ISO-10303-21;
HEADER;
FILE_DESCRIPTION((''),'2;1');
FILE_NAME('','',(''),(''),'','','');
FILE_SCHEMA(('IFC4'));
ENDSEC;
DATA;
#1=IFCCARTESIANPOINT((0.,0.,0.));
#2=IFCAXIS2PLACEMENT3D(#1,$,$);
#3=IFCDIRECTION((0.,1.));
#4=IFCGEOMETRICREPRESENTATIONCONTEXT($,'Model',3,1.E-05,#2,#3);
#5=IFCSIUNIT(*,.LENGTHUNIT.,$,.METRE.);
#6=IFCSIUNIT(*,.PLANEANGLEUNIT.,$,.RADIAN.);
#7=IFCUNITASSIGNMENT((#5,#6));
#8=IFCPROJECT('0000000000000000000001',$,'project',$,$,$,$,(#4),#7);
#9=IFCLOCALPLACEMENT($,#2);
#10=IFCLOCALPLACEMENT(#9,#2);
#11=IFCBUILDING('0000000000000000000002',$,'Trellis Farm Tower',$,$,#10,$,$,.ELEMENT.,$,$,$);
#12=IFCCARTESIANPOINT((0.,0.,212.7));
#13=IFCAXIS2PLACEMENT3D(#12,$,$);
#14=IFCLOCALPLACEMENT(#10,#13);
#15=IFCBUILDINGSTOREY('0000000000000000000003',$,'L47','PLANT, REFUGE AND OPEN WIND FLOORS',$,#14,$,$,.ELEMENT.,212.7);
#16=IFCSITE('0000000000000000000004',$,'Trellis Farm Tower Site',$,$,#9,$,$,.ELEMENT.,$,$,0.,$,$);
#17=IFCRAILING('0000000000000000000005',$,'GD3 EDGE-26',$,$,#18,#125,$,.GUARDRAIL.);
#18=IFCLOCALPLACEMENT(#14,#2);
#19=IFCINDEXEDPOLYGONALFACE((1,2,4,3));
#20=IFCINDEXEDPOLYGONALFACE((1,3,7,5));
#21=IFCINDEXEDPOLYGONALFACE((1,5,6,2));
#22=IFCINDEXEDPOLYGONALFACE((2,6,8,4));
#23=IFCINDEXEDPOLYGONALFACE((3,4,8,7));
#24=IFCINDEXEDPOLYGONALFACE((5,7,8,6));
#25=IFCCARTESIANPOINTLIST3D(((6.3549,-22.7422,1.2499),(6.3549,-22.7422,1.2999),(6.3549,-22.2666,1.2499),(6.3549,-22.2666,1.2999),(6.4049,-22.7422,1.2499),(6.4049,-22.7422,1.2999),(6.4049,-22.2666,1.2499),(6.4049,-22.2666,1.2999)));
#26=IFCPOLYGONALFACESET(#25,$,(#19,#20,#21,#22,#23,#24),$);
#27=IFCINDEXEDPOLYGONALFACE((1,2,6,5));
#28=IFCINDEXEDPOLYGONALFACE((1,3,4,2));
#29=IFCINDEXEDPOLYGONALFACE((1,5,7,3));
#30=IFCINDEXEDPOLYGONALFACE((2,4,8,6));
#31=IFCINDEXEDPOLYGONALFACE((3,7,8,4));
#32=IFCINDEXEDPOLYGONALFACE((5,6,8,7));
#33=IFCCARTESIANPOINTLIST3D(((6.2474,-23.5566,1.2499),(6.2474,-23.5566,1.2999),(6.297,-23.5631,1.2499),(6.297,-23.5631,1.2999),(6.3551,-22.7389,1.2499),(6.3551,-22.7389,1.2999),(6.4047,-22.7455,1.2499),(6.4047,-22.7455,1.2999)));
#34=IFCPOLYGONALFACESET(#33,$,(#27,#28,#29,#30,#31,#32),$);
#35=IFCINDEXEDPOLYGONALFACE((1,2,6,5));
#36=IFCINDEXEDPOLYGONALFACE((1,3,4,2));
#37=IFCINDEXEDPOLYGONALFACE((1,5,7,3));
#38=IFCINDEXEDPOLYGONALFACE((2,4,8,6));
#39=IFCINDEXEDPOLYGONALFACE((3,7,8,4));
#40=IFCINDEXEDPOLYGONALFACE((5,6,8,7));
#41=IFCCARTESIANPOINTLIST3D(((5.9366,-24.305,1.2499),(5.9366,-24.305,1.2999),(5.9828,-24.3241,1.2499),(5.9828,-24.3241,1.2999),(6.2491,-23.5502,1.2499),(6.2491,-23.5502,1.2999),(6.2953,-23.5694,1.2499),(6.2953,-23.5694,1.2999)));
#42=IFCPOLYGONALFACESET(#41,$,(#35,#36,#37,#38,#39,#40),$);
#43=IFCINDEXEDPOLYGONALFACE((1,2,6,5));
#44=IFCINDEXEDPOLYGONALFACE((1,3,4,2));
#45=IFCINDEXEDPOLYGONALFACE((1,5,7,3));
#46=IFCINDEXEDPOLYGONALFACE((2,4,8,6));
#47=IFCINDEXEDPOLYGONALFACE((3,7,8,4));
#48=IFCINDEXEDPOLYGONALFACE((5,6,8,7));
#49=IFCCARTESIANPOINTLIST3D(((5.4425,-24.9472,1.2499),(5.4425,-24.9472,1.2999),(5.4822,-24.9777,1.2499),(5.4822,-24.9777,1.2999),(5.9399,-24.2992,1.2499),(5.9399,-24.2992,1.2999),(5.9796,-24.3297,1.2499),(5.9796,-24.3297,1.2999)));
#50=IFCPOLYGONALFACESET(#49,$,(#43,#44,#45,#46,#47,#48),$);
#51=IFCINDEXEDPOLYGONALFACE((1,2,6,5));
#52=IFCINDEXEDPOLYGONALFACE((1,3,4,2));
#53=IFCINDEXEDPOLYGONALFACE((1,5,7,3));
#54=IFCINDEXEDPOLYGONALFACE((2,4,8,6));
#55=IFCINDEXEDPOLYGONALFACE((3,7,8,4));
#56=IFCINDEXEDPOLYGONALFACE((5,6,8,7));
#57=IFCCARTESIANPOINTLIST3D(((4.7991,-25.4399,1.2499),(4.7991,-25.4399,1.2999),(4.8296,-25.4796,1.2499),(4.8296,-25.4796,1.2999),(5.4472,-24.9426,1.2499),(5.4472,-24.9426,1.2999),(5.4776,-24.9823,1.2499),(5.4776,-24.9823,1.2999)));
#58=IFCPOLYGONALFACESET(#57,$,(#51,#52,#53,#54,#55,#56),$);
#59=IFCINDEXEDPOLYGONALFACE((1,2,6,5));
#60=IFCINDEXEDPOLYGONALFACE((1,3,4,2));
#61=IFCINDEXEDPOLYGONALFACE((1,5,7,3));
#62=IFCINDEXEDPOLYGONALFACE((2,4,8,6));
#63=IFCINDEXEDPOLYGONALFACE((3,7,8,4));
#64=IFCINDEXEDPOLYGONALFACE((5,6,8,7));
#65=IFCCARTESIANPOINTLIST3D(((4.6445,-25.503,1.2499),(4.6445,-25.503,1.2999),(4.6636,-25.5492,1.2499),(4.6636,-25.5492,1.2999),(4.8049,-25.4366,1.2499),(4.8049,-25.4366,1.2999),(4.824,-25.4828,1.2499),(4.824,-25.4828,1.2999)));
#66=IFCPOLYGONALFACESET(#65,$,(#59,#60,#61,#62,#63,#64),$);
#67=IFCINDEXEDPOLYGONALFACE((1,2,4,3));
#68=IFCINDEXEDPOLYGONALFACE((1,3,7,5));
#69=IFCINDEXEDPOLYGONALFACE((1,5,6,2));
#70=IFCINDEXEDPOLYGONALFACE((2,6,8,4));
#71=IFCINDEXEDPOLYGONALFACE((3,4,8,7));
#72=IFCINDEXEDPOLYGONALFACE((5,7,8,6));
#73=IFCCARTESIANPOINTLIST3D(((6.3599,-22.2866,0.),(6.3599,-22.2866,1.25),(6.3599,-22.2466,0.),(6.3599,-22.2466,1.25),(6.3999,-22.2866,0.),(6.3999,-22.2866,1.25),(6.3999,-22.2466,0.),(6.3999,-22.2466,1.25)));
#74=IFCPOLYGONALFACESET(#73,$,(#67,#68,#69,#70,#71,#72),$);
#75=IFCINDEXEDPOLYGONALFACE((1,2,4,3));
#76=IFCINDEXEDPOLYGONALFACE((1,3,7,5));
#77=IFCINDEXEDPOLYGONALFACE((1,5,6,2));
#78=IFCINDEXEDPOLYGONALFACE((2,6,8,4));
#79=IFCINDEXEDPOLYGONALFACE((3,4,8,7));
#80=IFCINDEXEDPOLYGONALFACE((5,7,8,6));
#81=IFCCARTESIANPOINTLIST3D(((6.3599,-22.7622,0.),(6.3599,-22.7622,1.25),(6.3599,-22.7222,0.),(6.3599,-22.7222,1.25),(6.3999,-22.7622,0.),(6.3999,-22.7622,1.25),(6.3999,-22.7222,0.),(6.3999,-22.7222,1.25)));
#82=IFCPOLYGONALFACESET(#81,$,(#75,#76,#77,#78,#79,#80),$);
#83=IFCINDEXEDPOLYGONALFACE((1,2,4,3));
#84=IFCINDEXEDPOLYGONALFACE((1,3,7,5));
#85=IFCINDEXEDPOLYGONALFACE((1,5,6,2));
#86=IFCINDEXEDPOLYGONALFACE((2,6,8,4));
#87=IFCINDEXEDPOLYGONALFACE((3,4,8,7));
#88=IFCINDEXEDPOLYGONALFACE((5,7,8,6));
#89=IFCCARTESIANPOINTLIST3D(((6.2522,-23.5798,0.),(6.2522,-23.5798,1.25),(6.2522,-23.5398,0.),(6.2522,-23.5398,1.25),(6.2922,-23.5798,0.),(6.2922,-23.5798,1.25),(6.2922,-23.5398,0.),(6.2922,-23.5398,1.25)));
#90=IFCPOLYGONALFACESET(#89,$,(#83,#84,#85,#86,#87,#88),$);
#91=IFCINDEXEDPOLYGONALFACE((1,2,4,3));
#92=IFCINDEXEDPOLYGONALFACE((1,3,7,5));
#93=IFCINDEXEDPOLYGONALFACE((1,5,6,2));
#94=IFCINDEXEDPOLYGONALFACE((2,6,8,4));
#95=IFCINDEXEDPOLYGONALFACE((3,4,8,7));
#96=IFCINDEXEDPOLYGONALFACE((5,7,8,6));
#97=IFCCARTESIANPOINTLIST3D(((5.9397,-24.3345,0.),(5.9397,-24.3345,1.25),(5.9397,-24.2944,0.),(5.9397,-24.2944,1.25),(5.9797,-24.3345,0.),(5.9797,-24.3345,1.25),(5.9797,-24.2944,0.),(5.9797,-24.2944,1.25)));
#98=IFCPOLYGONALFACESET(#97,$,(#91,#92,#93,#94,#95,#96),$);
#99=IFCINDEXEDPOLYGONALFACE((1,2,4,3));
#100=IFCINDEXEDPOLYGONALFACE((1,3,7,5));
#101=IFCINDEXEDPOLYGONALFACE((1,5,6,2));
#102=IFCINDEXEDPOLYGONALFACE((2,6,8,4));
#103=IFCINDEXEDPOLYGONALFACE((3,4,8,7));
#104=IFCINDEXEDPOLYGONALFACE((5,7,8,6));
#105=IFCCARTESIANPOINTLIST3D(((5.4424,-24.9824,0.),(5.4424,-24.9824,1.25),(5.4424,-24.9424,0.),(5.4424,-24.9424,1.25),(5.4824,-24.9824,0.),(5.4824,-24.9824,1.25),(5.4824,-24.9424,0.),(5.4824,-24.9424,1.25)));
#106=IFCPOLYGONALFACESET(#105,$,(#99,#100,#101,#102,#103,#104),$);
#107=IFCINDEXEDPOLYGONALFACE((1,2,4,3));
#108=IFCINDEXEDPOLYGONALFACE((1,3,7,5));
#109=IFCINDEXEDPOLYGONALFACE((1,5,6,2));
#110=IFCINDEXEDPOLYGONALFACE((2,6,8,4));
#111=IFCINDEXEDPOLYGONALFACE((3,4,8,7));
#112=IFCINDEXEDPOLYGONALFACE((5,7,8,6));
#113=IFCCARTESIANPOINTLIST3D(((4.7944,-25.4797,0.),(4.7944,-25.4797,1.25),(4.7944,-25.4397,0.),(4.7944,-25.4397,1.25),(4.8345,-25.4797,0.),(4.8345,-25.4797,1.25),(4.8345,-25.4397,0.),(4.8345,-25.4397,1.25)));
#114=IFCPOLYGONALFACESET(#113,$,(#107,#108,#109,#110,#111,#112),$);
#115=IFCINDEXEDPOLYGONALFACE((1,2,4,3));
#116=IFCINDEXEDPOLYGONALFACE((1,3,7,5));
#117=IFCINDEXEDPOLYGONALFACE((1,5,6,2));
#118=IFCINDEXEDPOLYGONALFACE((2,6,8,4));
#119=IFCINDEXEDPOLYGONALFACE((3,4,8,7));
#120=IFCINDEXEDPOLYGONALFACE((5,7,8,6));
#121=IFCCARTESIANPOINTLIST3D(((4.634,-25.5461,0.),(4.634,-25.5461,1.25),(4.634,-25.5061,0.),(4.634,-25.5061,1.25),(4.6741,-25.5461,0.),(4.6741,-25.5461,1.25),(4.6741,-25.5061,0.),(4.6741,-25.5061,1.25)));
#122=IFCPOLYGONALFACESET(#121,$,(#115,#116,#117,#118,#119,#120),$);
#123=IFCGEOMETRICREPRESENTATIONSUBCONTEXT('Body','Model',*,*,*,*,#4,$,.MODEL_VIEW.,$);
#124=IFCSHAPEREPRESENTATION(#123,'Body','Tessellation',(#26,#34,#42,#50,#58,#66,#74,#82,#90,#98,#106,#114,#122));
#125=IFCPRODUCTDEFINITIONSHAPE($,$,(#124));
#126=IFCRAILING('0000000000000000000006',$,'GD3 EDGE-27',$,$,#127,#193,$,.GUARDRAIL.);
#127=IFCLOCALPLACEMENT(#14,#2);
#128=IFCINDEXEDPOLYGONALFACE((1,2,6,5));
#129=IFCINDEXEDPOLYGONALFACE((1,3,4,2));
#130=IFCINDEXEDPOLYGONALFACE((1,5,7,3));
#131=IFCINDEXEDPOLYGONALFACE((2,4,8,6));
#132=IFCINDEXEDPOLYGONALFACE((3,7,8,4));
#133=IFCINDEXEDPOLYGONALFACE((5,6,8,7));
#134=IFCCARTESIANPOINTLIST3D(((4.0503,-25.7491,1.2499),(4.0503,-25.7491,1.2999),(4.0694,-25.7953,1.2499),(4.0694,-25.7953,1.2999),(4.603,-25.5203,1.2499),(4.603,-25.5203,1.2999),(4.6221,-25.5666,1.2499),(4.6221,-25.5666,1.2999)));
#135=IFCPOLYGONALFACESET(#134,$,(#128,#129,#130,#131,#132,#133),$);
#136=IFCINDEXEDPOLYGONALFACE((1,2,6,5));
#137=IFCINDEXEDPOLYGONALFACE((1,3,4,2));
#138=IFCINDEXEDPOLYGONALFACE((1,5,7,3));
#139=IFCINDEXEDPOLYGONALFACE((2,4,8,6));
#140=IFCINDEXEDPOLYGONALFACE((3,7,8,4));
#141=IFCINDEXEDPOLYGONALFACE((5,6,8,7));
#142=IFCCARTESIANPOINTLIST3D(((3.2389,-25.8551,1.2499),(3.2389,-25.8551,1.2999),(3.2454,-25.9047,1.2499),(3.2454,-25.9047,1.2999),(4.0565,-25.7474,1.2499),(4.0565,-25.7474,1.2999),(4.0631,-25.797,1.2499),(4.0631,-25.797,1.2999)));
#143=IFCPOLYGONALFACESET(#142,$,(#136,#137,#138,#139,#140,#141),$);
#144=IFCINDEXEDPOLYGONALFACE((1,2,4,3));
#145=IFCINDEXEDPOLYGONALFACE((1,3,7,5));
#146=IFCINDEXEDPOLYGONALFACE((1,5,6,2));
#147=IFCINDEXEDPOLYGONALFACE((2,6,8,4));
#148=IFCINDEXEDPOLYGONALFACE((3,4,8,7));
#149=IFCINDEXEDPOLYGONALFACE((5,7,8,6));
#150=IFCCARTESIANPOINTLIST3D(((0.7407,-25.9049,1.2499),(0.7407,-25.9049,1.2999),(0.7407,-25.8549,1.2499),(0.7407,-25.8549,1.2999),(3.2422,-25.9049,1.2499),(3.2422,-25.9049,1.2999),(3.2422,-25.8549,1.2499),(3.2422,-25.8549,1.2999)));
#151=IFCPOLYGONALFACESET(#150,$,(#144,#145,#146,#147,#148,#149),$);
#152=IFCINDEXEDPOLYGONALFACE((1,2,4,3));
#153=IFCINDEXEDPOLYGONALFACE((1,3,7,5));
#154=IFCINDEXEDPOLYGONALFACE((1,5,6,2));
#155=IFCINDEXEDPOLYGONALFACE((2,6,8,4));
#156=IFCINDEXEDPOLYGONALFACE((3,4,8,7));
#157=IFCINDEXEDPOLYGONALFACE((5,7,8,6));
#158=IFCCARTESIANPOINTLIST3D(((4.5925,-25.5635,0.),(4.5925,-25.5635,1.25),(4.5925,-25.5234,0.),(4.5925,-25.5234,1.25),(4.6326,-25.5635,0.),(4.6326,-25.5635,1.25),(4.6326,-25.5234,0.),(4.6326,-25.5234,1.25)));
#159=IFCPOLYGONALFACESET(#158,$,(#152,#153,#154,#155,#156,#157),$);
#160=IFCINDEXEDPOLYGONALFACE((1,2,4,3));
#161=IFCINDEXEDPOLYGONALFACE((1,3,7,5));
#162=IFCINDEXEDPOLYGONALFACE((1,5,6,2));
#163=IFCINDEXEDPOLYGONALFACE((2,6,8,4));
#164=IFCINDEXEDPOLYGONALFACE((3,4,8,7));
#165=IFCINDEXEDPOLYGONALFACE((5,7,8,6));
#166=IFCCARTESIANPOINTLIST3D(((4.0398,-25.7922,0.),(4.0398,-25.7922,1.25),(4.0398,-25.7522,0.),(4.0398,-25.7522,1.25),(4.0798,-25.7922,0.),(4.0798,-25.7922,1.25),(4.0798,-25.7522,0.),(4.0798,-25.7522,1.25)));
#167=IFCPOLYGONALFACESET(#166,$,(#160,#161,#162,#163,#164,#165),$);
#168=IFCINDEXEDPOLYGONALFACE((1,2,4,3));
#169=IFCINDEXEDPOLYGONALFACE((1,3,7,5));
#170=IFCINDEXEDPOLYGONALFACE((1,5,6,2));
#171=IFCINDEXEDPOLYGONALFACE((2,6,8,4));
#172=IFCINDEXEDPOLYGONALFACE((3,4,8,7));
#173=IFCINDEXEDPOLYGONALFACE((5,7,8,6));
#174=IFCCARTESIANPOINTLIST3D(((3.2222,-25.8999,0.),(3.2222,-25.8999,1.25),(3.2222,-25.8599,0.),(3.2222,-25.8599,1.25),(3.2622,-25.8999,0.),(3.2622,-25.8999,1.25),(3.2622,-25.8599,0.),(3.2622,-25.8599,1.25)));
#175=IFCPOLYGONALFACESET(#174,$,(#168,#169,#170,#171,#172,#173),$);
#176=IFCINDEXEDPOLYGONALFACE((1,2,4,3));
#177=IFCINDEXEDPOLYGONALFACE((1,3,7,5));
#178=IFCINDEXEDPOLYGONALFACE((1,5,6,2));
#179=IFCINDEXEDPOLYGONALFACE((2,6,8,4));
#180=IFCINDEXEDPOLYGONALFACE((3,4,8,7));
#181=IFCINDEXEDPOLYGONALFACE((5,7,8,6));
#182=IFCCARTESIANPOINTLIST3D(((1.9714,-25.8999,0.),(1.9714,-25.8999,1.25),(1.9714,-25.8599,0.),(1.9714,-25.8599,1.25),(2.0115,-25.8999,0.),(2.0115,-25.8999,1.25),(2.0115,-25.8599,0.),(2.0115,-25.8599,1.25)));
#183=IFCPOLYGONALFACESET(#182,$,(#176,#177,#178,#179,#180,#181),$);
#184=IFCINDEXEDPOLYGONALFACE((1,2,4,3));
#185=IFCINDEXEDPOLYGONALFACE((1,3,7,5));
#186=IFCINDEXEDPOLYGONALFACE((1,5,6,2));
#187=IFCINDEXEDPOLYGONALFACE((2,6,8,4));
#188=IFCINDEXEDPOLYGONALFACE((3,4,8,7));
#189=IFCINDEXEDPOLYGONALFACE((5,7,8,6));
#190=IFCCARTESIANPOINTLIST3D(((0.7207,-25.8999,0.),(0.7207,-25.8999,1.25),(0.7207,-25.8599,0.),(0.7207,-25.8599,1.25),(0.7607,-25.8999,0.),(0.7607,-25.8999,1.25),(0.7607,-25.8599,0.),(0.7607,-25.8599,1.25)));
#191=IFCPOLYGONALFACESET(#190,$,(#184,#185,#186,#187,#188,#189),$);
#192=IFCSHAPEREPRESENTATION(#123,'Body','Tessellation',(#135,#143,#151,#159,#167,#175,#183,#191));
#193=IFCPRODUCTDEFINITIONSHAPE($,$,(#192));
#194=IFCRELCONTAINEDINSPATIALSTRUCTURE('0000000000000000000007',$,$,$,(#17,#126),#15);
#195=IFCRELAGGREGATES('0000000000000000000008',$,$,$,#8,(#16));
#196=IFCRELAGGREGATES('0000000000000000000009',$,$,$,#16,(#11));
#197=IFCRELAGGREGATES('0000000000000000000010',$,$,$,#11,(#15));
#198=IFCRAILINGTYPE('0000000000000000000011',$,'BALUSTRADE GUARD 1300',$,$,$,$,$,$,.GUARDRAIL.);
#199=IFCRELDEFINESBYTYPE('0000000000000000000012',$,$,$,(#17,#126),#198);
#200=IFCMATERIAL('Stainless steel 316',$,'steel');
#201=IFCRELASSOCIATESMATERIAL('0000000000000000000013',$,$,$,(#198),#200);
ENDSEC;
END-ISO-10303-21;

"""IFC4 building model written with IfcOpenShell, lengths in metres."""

from ifc_helpers import new_model, si_unit, direction, frame, origin, origin_2d, place, context, subcontext, project, spatial, rectangle, extrude, material, type_object, element, save


model = new_model("IFC4")

# Units and contexts
model_context = context("Model", 3, precision=1e-05, world=origin(), true_north=direction((0.0, 1.0)))
body_context = subcontext(model_context, "Body", "Model", "MODEL_VIEW")
ifc_project = project(units=[si_unit("LENGTHUNIT", "METRE"), si_unit("PLANEANGLEUNIT", "RADIAN")], contexts=[model_context])

# Site, building, storey
site_placement = place(None, origin())
site = spatial("IfcSite", under=ifc_project, at=site_placement, Name="Trellis Farm Tower Site", CompositionType="ELEMENT", RefElevation=0.0)
building_placement = place(site_placement, origin())
building = spatial("IfcBuilding", under=site, at=building_placement, Name="Trellis Farm Tower", CompositionType="ELEMENT")
storey_placement = place(building_placement, frame((0.0, 0.0, 212.7)))
storey = spatial("IfcBuildingStorey", under=building, at=storey_placement, Name="L47", Description="PLANT, REFUGE AND OPEN WIND FLOORS", CompositionType="ELEMENT", Elevation=212.7)

# Railings
ifc_material_1 = material(Name="Stainless steel 316", Category="steel")
railing_type_1 = type_object("IfcRailingType", Name="BALUSTRADE GUARD 1300", PredefinedType="GUARDRAIL", material=ifc_material_1)
railing_1_placement = place(storey_placement, frame((6.3799, -22.2666, 0.0)))
element("IfcRailing", 1, at=railing_1_placement, inside=storey, type_object=railing_type_1, Name="GD3 EDGE-26", PredefinedType="GUARDRAIL", context=body_context, shape_type="SweptSolid", body=[
    extrude(rectangle(XDim=0.05, YDim=0.05, at=origin_2d()), frame((0.0, 0.0, 1.2749), z_axis=(0.0, -1.0, 0.0), x_axis=(1.0, 0.0, 0.0)), (0.0, 0.0, 1.0), 0.4756),
    extrude(rectangle(XDim=0.05, YDim=0.05, at=origin_2d()), frame((0.0, -0.4756, 1.2749), z_axis=(-0.130554, -0.991441, 0.0), x_axis=(0.991441, -0.130554, 0.0)), (0.0, 0.0, 1.0), 0.8247),
    extrude(rectangle(XDim=0.05, YDim=0.05, at=origin_2d()), frame((-0.1077, -1.2932, 1.2749), z_axis=(-0.382598, -0.923915, 0.0), x_axis=(0.923915, -0.382598, 0.0)), (0.0, 0.0, 1.0), 0.8169),
    extrude(rectangle(XDim=0.05, YDim=0.05, at=origin_2d()), frame((-0.4202, -2.0479, 1.2749), z_axis=(-0.608858, -0.793279, 0.0), x_axis=(0.793279, -0.608858, 0.0)), (0.0, 0.0, 1.0), 0.8169),
    extrude(rectangle(XDim=0.05, YDim=0.05, at=origin_2d()), frame((-0.9175, -2.6958, 1.2749), z_axis=(-0.793279, -0.608858, 0.0), x_axis=(0.608858, -0.793279, 0.0)), (0.0, 0.0, 1.0), 0.8169),
    extrude(rectangle(XDim=0.05, YDim=0.05, at=origin_2d()), frame((-1.5654, -3.1931, 1.2749), z_axis=(-0.923948, -0.382517, 0.0), x_axis=(0.382517, -0.923948, 0.0)), (0.0, 0.0, 1.0), 0.1736),
    extrude(rectangle(XDim=0.04, YDim=0.04, at=origin_2d()), origin(), (0.0, 0.0, 1.0), 1.25),
    extrude(rectangle(XDim=0.04, YDim=0.04, at=origin_2d()), frame((0.0, -0.4756, 0.0)), (0.0, 0.0, 1.0), 1.25),
    extrude(rectangle(XDim=0.04, YDim=0.04, at=origin_2d()), frame((-0.1077, -1.2932, 0.0)), (0.0, 0.0, 1.0), 1.25),
    extrude(rectangle(XDim=0.04, YDim=0.04, at=origin_2d()), frame((-0.4202, -2.0479, 0.0)), (0.0, 0.0, 1.0), 1.25),
    extrude(rectangle(XDim=0.04, YDim=0.04, at=origin_2d()), frame((-0.9175, -2.6958, 0.0)), (0.0, 0.0, 1.0), 1.25),
    extrude(rectangle(XDim=0.04, YDim=0.04, at=origin_2d()), frame((-1.5654, -3.1931, 0.0)), (0.0, 0.0, 1.0), 1.25),
    extrude(rectangle(XDim=0.04, YDim=0.04, at=origin_2d()), frame((-1.7258, -3.2595, 0.0)), (0.0, 0.0, 1.0), 1.25),
])
railing_2_placement = place(storey_placement, frame((4.6125, -25.5435, 0.0)))
element("IfcRailing", 2, at=railing_2_placement, inside=storey, type_object=railing_type_1, Name="GD3 EDGE-27", PredefinedType="GUARDRAIL", context=body_context, shape_type="SweptSolid", body=[
    extrude(rectangle(XDim=0.05, YDim=0.05, at=origin_2d()), frame((0.0, 0.0, 1.2749), z_axis=(-0.923992, -0.382412, 0.0), x_axis=(0.382412, -0.923992, 0.0)), (0.0, 0.0, 1.0), 0.5981),
    extrude(rectangle(XDim=0.05, YDim=0.05, at=origin_2d()), frame((-0.5527, -0.2288, 1.2749), z_axis=(-0.991441, -0.130554, 0.0), x_axis=(0.130554, -0.991441, 0.0)), (0.0, 0.0, 1.0), 0.8247),
    extrude(rectangle(XDim=0.05, YDim=0.05, at=origin_2d()), frame((-1.3704, -0.3364, 1.2749), z_axis=(-1.0, 0.0, 0.0), x_axis=(0.0, -1.0, 0.0)), (0.0, 0.0, 1.0), 2.5015),
    extrude(rectangle(XDim=0.04, YDim=0.04, at=origin_2d()), origin(), (0.0, 0.0, 1.0), 1.25),
    extrude(rectangle(XDim=0.04, YDim=0.04, at=origin_2d()), frame((-0.5527, -0.2288, 0.0)), (0.0, 0.0, 1.0), 1.25),
    extrude(rectangle(XDim=0.04, YDim=0.04, at=origin_2d()), frame((-1.3704, -0.3364, 0.0)), (0.0, 0.0, 1.0), 1.25),
    extrude(rectangle(XDim=0.04, YDim=0.04, at=origin_2d()), frame((-2.6211, -0.3364, 0.0)), (0.0, 0.0, 1.0), 1.25),
    extrude(rectangle(XDim=0.04, YDim=0.04, at=origin_2d()), frame((-3.8718, -0.3364, 0.0)), (0.0, 0.0, 1.0), 1.25),
])

save(model, "model.ifc")
